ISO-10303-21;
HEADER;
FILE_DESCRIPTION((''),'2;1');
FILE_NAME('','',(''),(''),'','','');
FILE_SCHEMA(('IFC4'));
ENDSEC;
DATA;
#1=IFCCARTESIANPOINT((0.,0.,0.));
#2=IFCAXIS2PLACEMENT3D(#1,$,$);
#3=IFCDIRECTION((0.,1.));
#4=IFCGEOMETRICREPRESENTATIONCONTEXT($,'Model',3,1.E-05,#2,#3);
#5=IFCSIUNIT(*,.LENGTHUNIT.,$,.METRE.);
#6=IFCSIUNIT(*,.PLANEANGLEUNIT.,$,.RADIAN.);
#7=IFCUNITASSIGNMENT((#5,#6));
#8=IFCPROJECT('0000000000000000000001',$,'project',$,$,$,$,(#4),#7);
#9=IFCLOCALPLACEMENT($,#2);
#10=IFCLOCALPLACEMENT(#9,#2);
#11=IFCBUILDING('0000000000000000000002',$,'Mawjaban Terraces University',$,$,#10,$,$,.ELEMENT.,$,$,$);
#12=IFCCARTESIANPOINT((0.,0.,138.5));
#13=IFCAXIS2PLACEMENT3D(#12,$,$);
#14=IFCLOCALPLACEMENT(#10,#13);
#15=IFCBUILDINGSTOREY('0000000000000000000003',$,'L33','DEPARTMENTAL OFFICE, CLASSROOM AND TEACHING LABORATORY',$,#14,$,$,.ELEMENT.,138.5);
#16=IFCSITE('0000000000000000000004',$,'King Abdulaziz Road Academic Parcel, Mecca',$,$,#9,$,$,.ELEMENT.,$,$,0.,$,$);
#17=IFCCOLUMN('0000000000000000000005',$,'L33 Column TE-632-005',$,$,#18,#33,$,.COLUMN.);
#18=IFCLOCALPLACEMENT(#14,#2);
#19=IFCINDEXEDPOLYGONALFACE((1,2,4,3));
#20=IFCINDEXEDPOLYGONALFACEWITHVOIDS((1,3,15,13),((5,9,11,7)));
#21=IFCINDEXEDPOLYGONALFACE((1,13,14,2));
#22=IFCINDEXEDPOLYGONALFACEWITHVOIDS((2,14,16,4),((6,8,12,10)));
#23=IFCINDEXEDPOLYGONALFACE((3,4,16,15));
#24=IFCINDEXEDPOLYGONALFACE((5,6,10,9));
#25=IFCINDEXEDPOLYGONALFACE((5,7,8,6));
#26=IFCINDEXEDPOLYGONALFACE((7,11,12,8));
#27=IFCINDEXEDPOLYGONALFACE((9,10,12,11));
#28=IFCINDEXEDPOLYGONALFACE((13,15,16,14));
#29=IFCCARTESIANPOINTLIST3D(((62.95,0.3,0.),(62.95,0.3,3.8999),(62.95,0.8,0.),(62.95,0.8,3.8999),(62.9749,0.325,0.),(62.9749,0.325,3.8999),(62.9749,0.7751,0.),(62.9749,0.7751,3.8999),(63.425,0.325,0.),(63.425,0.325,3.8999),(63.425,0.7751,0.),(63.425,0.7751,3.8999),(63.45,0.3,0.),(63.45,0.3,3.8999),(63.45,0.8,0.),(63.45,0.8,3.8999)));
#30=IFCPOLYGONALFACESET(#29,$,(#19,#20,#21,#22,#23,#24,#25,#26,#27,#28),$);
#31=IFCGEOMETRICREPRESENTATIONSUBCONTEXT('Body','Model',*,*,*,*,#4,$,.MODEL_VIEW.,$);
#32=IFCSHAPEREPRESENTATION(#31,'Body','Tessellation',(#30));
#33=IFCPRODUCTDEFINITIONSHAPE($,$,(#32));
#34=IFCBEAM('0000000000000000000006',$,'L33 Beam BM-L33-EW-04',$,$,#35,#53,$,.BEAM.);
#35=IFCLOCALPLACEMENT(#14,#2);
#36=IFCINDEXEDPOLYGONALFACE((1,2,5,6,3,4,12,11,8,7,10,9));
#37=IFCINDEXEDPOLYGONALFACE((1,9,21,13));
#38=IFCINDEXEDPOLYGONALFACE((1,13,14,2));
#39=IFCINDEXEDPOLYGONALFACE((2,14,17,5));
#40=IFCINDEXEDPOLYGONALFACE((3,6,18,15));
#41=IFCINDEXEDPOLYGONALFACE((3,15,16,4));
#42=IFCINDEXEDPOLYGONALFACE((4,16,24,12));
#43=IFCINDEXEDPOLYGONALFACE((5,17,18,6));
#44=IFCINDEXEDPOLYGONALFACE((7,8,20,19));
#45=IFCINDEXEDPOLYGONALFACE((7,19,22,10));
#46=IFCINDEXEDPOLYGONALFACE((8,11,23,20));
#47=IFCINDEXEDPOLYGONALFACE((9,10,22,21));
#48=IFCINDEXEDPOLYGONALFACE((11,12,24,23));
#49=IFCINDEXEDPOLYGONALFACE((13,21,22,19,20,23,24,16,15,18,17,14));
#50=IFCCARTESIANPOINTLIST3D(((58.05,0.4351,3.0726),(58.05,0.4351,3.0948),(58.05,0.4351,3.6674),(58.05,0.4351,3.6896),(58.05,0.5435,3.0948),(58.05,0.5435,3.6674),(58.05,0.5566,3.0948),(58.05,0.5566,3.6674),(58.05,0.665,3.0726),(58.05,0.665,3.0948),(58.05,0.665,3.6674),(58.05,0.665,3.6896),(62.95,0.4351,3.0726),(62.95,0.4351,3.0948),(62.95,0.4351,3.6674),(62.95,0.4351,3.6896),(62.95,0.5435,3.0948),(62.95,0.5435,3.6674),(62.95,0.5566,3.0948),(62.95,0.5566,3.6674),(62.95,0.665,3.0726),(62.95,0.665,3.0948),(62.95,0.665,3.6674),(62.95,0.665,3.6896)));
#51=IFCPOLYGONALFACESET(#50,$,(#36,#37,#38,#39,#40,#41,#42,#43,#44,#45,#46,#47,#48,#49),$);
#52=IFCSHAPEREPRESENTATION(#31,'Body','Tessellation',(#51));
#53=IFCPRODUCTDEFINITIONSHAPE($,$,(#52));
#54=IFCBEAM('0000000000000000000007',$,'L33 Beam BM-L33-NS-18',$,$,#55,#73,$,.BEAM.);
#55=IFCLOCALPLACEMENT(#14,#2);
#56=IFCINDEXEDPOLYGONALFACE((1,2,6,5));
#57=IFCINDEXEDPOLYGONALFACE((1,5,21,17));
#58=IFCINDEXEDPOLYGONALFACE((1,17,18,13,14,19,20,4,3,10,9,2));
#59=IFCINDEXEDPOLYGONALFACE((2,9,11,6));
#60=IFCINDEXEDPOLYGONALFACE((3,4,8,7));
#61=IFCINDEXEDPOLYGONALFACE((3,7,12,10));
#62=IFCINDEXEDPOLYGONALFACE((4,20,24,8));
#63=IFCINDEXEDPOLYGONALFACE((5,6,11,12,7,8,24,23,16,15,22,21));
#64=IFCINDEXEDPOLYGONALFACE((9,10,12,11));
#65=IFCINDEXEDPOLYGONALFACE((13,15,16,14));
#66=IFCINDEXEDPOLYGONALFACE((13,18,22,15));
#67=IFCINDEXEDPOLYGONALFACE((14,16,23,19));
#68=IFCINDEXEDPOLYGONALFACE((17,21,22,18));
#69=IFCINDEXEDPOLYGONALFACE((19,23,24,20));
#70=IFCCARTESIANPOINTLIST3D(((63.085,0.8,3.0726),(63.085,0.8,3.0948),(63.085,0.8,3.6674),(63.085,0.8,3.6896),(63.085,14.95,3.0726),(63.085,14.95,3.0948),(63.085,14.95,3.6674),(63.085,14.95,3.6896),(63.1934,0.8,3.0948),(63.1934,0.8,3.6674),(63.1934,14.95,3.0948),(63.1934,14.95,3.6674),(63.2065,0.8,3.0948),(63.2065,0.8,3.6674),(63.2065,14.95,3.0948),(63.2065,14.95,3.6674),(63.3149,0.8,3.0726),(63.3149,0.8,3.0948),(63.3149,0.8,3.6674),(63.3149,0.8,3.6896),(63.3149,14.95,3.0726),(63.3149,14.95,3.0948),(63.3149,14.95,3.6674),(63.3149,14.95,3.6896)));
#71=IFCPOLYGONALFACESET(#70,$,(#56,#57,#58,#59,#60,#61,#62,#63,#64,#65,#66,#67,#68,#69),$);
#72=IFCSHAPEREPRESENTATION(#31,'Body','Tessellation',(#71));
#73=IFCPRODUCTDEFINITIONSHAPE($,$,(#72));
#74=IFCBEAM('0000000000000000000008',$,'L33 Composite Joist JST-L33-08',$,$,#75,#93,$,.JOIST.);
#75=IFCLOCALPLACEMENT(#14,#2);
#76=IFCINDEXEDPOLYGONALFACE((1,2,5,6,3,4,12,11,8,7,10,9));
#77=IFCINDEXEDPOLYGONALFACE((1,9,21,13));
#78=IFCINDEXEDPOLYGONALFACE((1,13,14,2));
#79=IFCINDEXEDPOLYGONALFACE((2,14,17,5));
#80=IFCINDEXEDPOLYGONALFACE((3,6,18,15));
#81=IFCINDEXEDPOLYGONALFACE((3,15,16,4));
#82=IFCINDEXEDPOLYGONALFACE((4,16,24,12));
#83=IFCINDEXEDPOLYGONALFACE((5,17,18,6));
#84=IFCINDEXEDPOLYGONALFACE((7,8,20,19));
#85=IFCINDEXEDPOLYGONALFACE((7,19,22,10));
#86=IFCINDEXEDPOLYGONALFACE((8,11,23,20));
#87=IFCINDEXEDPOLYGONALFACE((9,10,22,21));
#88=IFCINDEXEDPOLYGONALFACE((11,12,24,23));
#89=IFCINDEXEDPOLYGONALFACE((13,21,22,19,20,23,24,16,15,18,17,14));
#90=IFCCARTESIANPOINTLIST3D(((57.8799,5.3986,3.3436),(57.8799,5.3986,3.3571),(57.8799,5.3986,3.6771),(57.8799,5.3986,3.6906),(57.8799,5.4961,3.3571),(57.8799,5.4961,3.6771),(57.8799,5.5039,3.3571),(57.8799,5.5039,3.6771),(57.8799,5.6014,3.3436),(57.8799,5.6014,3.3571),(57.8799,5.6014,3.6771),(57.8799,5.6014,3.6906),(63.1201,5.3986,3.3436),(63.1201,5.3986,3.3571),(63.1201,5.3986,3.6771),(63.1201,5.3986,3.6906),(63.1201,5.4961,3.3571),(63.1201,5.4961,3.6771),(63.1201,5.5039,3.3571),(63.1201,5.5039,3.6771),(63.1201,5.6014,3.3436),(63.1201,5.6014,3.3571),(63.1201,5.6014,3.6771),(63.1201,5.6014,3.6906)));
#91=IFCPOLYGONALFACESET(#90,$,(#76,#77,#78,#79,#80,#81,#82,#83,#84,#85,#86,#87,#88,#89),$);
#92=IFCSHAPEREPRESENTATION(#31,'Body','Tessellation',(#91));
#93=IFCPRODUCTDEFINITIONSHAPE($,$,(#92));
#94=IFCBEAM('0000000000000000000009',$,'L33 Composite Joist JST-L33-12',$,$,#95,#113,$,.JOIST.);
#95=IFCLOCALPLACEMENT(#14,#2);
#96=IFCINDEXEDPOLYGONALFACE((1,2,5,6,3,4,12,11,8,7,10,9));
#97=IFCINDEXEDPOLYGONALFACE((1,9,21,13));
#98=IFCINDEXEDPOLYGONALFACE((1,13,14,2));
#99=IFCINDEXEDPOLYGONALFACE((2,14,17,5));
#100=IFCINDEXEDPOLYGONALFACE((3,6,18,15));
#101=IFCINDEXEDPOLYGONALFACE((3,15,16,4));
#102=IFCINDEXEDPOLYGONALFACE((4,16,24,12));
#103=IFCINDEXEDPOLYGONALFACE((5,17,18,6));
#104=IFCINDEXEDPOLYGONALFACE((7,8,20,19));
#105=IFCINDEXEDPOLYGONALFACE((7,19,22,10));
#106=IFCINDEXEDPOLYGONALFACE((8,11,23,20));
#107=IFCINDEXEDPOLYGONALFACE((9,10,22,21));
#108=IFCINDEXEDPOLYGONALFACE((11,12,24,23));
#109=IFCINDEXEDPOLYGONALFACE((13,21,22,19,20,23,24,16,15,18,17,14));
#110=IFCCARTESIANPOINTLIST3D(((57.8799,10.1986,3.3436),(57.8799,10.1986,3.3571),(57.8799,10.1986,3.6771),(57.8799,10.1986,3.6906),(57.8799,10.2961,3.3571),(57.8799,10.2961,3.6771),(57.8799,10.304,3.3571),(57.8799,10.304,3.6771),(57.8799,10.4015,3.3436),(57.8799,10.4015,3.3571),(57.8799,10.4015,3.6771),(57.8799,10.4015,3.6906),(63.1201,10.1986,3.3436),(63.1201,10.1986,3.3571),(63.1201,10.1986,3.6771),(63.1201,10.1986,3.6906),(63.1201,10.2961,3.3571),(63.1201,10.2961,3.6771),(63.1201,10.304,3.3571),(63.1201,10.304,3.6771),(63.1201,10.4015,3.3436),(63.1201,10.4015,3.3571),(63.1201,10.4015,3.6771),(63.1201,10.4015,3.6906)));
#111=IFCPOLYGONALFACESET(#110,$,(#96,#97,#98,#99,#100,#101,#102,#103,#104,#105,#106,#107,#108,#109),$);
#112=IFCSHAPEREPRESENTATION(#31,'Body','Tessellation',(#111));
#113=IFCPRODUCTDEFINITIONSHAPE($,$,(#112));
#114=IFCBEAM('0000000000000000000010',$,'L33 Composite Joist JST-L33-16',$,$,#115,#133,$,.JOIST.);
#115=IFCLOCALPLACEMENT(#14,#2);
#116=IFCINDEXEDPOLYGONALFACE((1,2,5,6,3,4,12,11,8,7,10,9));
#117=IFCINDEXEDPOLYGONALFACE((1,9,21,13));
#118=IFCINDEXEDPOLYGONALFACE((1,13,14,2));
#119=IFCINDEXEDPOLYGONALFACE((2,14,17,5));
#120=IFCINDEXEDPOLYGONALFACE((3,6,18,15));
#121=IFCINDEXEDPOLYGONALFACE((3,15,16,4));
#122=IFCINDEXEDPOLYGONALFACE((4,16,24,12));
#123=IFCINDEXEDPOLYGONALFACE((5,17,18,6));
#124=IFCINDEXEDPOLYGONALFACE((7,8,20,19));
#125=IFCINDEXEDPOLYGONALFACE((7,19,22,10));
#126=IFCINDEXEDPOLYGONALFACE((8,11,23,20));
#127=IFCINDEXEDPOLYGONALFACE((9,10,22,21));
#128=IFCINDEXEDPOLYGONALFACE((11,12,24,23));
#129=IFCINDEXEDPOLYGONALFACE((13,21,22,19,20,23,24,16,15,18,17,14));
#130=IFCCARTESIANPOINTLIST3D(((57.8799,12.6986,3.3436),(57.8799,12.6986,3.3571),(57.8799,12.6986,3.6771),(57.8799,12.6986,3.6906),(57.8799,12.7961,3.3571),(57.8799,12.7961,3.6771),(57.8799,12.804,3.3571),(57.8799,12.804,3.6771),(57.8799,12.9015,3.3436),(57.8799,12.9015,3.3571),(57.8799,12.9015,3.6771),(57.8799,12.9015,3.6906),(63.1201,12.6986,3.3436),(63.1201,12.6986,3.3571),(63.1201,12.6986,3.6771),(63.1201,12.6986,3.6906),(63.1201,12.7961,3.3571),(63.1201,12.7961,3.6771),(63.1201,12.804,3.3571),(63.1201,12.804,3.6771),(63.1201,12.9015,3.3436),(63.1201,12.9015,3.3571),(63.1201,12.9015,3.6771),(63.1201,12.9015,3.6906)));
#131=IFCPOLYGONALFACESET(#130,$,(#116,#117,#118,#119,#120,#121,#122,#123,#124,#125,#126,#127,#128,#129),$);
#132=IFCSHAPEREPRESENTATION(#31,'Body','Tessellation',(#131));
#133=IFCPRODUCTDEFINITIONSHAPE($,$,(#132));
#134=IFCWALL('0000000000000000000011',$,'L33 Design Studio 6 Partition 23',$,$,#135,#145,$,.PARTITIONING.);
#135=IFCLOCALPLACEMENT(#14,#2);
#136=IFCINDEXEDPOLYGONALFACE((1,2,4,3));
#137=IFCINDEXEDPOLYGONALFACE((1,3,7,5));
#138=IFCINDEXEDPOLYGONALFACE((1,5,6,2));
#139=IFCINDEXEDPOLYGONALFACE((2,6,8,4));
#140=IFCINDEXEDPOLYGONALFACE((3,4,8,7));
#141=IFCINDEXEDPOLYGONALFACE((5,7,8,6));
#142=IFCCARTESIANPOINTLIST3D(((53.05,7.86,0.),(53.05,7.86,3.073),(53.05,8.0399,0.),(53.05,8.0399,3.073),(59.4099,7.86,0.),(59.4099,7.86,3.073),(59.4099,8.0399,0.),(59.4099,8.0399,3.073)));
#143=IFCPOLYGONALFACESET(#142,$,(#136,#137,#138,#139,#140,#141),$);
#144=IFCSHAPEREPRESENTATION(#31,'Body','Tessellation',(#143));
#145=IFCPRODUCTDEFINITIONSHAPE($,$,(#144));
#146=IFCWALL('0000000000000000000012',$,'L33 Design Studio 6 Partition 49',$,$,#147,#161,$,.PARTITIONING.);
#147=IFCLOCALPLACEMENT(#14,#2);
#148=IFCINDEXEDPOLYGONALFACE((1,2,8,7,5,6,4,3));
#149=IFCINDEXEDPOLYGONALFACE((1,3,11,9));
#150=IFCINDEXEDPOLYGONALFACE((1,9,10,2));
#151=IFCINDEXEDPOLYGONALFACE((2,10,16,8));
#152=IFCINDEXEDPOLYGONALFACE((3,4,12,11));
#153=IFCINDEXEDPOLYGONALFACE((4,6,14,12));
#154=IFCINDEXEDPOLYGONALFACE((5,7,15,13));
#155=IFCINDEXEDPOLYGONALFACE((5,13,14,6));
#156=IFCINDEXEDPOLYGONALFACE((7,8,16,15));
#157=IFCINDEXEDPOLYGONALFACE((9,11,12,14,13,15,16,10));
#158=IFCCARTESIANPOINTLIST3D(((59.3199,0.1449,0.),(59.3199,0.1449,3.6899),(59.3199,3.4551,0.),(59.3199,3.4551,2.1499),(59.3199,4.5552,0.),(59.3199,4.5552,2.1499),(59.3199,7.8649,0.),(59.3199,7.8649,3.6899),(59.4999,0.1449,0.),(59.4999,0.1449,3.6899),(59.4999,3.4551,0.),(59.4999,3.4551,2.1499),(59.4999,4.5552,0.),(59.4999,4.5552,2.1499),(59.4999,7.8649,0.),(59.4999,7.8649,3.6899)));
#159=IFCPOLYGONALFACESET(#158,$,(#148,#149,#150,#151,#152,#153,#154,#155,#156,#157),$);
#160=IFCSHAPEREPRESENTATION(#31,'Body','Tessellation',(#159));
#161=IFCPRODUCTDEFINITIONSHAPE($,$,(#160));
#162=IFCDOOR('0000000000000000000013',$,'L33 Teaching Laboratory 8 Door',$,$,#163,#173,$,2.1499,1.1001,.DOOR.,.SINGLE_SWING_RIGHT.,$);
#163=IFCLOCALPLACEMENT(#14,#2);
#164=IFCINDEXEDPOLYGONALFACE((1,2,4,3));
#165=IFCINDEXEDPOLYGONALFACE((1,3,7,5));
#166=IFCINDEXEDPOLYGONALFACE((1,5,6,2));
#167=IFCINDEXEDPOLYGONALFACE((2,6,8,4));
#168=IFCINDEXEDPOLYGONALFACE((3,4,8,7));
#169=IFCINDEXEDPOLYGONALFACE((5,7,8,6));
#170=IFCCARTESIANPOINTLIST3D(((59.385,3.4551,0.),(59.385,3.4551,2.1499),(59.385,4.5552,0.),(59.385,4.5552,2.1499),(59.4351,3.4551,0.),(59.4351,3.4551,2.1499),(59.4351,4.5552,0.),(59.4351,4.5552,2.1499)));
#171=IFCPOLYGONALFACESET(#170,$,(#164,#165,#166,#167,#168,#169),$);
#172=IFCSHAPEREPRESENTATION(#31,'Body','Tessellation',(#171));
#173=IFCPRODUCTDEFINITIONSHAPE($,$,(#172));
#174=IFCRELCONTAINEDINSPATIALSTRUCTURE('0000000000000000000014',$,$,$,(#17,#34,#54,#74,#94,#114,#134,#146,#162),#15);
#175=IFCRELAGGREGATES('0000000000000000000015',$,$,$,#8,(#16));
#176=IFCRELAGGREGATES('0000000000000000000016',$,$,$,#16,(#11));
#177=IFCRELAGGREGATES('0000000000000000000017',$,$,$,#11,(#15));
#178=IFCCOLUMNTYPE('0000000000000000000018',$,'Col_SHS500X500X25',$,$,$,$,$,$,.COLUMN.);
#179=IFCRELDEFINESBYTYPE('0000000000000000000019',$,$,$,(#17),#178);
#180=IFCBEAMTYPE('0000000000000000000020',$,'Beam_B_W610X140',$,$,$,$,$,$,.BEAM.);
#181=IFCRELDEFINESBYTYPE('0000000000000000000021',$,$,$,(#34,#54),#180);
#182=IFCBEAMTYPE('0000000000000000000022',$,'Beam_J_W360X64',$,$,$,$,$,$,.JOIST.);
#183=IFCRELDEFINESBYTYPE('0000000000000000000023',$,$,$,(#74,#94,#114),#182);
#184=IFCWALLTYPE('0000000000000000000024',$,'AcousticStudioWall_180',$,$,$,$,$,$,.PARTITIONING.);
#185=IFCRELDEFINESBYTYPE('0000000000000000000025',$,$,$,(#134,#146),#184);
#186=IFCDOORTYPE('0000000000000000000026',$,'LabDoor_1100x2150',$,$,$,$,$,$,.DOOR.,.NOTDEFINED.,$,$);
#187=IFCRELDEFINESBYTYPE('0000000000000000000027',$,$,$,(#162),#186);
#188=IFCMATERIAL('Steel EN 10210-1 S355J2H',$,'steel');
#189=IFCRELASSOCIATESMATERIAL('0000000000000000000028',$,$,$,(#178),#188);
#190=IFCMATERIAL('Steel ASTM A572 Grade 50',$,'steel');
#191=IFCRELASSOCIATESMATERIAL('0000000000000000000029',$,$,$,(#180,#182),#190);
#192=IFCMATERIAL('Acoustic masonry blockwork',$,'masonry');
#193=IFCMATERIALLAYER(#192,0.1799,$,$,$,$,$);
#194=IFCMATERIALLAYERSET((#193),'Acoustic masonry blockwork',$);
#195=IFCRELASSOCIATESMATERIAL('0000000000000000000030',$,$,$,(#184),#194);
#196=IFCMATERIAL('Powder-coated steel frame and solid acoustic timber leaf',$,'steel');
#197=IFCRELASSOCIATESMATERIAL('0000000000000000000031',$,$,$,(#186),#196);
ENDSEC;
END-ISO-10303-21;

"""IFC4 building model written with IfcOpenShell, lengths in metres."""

from ifc_helpers import new_model, si_unit, direction, frame, frame_2d, origin, origin_2d, place, context, subcontext, project, spatial, rectangle, hollow_rectangle, i_section, extrude, material, layer, layer_set, material_profile, profile_set, type_object, element, fill, save


model = new_model("IFC4")

# Units and contexts
model_context = context("Model", 3, precision=1e-05, world=origin(), true_north=direction((0.0, 1.0)))
body_context = subcontext(model_context, "Body", "Model", "MODEL_VIEW")
ifc_project = project(units=[si_unit("LENGTHUNIT", "METRE"), si_unit("PLANEANGLEUNIT", "RADIAN")], contexts=[model_context])

# Site, building, storey
site_placement = place(None, origin())
site = spatial("IfcSite", under=ifc_project, at=site_placement, Name="King Abdulaziz Road Academic Parcel, Mecca", CompositionType="ELEMENT", RefElevation=0.0)
building_placement = place(site_placement, origin())
building = spatial("IfcBuilding", under=site, at=building_placement, Name="Mawjaban Terraces University", CompositionType="ELEMENT")
storey_placement = place(building_placement, frame((0.0, 0.0, 138.5)))
storey = spatial("IfcBuildingStorey", under=building, at=storey_placement, Name="L33", Description="DEPARTMENTAL OFFICE, CLASSROOM AND TEACHING LABORATORY", CompositionType="ELEMENT", Elevation=138.5)

# Column
ifc_material_1 = material(Name="Steel EN 10210-1 S355J2H", Category="steel")
ifc_material_profile_1 = material_profile(ifc_material_1, hollow_rectangle(XDim=0.5, YDim=0.5, WallThickness=0.0249, at=origin_2d()), Name="SHS500X500X25")
ifc_profile_set_1 = profile_set([ifc_material_profile_1], Name="Steel EN 10210-1 S355J2H")
column_type = type_object("IfcColumnType", Name="Col_SHS500X500X25", PredefinedType="COLUMN", material=ifc_profile_set_1)
column_placement = place(storey_placement, frame((63.2, 0.55, 0.0), z_axis=(0.0, 0.0, 1.0), x_axis=(1.0, 0.0, 0.0)))
element("IfcColumn", 1, at=column_placement, inside=storey, type_object=column_type, Name="L33 Column TE-632-005", PredefinedType="COLUMN", context=body_context, shape_type="SweptSolid", body=[
    extrude(hollow_rectangle(XDim=0.5, YDim=0.5, WallThickness=0.0249, at=origin_2d()), origin(), (0.0, 0.0, 1.0), 3.8999),
])

# Beams
ifc_material_2 = material(Name="Steel ASTM A572 Grade 50", Category="steel")
ifc_material_profile_2 = material_profile(ifc_material_2, i_section(OverallWidth=0.23, OverallDepth=0.6169, WebThickness=0.0132, FlangeThickness=0.0222, at=origin_2d()), Name="W610X140")
ifc_profile_set_2 = profile_set([ifc_material_profile_2], Name="Steel ASTM A572 Grade 50")
beam_type_1 = type_object("IfcBeamType", Name="Beam_B_W610X140", PredefinedType="BEAM", material=ifc_profile_set_2)
beam_1_placement = place(storey_placement, frame((58.05, 0.55, 3.3811), z_axis=(1.0, 0.0, 0.0), x_axis=(0.0, 1.0, 0.0)))
element("IfcBeam", 2, at=beam_1_placement, inside=storey, type_object=beam_type_1, Name="L33 Beam BM-L33-EW-04", PredefinedType="BEAM", context=body_context, shape_type="SweptSolid", body=[
    extrude(i_section(OverallWidth=0.23, OverallDepth=0.6169, WebThickness=0.0132, FlangeThickness=0.0222, at=origin_2d()), origin(), (0.0, 0.0, 1.0), 4.8999),
])
beam_2_placement = place(storey_placement, frame((63.2, 0.8, 3.3811), z_axis=(0.0, 1.0, 0.0), x_axis=(-1.0, 0.0, 0.0)))
element("IfcBeam", 3, at=beam_2_placement, inside=storey, type_object=beam_type_1, Name="L33 Beam BM-L33-NS-18", PredefinedType="BEAM", context=body_context, shape_type="SweptSolid", body=[
    extrude(i_section(OverallWidth=0.23, OverallDepth=0.6169, WebThickness=0.0132, FlangeThickness=0.0222, at=origin_2d()), origin(), (0.0, 0.0, 1.0), 14.1499),
])
ifc_material_profile_3 = material_profile(ifc_material_2, i_section(OverallWidth=0.2029, OverallDepth=0.3469, WebThickness=0.0078, FlangeThickness=0.0134, at=origin_2d()), Name="W360X64")
ifc_profile_set_3 = profile_set([ifc_material_profile_3], Name="Steel ASTM A572 Grade 50")
beam_type_2 = type_object("IfcBeamType", Name="Beam_J_W360X64", PredefinedType="JOIST", material=ifc_profile_set_3)
for number, where, z_axis, x_axis, name in (
    (4, (57.8799, 5.5, 3.5171), (1.0, 0.0, 0.0), (0.0, 1.0, 0.0), "L33 Composite Joist JST-L33-08"),
    (5, (57.8799, 10.3, 3.5171), (1.0, 0.0, 0.0), (0.0, 1.0, 0.0), "L33 Composite Joist JST-L33-12"),
    (6, (57.8799, 12.8, 3.5171), (1.0, 0.0, 0.0), (0.0, 1.0, 0.0), "L33 Composite Joist JST-L33-16"),
):
    element("IfcBeam", number, at=place(storey_placement, frame(where, z_axis=z_axis, x_axis=x_axis)), inside=storey, type_object=beam_type_2, Name=name, PredefinedType="JOIST", context=body_context, shape_type="SweptSolid", body=[
        extrude(i_section(OverallWidth=0.2029, OverallDepth=0.3469, WebThickness=0.0078, FlangeThickness=0.0134, at=origin_2d()), origin(), (0.0, 0.0, 1.0), 5.2402),
    ])

# Wall
ifc_material_3 = material(Name="Acoustic masonry blockwork", Category="masonry")
ifc_layer_1 = layer(ifc_material_3, 0.1799)
ifc_layer_set_1 = layer_set([ifc_layer_1], Name="Acoustic masonry blockwork")
wall_type_1 = type_object("IfcWallType", Name="AcousticStudioWall_180", PredefinedType="PARTITIONING", material=ifc_layer_set_1)
wall_1_placement = place(storey_placement, frame((59.4099, 7.95, 0.0), z_axis=(0.0, 0.0, 1.0), x_axis=(-1.0, 0.0, 0.0)))
element("IfcWall", 7, at=wall_1_placement, inside=storey, type_object=wall_type_1, Name="L33 Design Studio 6 Partition 23", PredefinedType="PARTITIONING", context=body_context, shape_type="SweptSolid", body=[
    extrude(rectangle(XDim=6.3599, YDim=0.1799, at=frame_2d((3.1799, 0.0))), origin(), (0.0, 0.0, 1.0), 3.073),
])

# Wall, opening, door
wall_2_placement = place(storey_placement, frame((59.4099, 0.145, 0.0), z_axis=(0.0, 0.0, 1.0), x_axis=(0.0, 1.0, 0.0)))
wall_2 = element("IfcWall", 8, at=wall_2_placement, inside=storey, type_object=wall_type_1, Name="L33 Design Studio 6 Partition 49", PredefinedType="PARTITIONING", context=body_context, shape_type="SweptSolid", body=[
    extrude(rectangle(XDim=7.72, YDim=0.1799, at=frame_2d((3.8599, 0.0))), origin(), (0.0, 0.0, 1.0), 3.6899),
])
opening_1_placement = place(wall_2_placement, frame((3.3101, 0.0, 0.0)))
opening_1 = element("IfcOpeningElement", 9, at=opening_1_placement, cuts=wall_2, PredefinedType="OPENING", context=body_context, shape_type="SweptSolid", body=[
    extrude(rectangle(XDim=1.1001, YDim=2.1499, at=frame_2d((0.55, 1.075))), frame((0.0, 0.0999, 0.0), z_axis=(0.0, -1.0, 0.0), x_axis=(1.0, 0.0, 0.0)), (0.0, 0.0, 1.0), 0.2),
])
ifc_material_4 = material(Name="Powder-coated steel frame and solid acoustic timber leaf", Category="steel")
door_type_1 = type_object("IfcDoorType", Name="LabDoor_1100x2150", OperationType="NOTDEFINED", PredefinedType="DOOR", material=ifc_material_4)
door_1_placement = place(opening_1_placement, origin())
door_1 = element("IfcDoor", 10, at=door_1_placement, inside=storey, type_object=door_type_1, Name="L33 Teaching Laboratory 8 Door", OperationType="SINGLE_SWING_RIGHT", OverallHeight=2.1499, OverallWidth=1.1001, PredefinedType="DOOR", context=body_context, shape_type="SweptSolid", body=[
    extrude(rectangle(XDim=1.1001, YDim=2.1499, at=frame_2d((0.55, 1.075))), frame((0.0, 0.0249, 0.0), z_axis=(0.0, -1.0, 0.0), x_axis=(1.0, 0.0, 0.0)), (0.0, 0.0, 1.0), 0.05),
])
fill(opening_1, door_1)

save(model, "model.ifc")
